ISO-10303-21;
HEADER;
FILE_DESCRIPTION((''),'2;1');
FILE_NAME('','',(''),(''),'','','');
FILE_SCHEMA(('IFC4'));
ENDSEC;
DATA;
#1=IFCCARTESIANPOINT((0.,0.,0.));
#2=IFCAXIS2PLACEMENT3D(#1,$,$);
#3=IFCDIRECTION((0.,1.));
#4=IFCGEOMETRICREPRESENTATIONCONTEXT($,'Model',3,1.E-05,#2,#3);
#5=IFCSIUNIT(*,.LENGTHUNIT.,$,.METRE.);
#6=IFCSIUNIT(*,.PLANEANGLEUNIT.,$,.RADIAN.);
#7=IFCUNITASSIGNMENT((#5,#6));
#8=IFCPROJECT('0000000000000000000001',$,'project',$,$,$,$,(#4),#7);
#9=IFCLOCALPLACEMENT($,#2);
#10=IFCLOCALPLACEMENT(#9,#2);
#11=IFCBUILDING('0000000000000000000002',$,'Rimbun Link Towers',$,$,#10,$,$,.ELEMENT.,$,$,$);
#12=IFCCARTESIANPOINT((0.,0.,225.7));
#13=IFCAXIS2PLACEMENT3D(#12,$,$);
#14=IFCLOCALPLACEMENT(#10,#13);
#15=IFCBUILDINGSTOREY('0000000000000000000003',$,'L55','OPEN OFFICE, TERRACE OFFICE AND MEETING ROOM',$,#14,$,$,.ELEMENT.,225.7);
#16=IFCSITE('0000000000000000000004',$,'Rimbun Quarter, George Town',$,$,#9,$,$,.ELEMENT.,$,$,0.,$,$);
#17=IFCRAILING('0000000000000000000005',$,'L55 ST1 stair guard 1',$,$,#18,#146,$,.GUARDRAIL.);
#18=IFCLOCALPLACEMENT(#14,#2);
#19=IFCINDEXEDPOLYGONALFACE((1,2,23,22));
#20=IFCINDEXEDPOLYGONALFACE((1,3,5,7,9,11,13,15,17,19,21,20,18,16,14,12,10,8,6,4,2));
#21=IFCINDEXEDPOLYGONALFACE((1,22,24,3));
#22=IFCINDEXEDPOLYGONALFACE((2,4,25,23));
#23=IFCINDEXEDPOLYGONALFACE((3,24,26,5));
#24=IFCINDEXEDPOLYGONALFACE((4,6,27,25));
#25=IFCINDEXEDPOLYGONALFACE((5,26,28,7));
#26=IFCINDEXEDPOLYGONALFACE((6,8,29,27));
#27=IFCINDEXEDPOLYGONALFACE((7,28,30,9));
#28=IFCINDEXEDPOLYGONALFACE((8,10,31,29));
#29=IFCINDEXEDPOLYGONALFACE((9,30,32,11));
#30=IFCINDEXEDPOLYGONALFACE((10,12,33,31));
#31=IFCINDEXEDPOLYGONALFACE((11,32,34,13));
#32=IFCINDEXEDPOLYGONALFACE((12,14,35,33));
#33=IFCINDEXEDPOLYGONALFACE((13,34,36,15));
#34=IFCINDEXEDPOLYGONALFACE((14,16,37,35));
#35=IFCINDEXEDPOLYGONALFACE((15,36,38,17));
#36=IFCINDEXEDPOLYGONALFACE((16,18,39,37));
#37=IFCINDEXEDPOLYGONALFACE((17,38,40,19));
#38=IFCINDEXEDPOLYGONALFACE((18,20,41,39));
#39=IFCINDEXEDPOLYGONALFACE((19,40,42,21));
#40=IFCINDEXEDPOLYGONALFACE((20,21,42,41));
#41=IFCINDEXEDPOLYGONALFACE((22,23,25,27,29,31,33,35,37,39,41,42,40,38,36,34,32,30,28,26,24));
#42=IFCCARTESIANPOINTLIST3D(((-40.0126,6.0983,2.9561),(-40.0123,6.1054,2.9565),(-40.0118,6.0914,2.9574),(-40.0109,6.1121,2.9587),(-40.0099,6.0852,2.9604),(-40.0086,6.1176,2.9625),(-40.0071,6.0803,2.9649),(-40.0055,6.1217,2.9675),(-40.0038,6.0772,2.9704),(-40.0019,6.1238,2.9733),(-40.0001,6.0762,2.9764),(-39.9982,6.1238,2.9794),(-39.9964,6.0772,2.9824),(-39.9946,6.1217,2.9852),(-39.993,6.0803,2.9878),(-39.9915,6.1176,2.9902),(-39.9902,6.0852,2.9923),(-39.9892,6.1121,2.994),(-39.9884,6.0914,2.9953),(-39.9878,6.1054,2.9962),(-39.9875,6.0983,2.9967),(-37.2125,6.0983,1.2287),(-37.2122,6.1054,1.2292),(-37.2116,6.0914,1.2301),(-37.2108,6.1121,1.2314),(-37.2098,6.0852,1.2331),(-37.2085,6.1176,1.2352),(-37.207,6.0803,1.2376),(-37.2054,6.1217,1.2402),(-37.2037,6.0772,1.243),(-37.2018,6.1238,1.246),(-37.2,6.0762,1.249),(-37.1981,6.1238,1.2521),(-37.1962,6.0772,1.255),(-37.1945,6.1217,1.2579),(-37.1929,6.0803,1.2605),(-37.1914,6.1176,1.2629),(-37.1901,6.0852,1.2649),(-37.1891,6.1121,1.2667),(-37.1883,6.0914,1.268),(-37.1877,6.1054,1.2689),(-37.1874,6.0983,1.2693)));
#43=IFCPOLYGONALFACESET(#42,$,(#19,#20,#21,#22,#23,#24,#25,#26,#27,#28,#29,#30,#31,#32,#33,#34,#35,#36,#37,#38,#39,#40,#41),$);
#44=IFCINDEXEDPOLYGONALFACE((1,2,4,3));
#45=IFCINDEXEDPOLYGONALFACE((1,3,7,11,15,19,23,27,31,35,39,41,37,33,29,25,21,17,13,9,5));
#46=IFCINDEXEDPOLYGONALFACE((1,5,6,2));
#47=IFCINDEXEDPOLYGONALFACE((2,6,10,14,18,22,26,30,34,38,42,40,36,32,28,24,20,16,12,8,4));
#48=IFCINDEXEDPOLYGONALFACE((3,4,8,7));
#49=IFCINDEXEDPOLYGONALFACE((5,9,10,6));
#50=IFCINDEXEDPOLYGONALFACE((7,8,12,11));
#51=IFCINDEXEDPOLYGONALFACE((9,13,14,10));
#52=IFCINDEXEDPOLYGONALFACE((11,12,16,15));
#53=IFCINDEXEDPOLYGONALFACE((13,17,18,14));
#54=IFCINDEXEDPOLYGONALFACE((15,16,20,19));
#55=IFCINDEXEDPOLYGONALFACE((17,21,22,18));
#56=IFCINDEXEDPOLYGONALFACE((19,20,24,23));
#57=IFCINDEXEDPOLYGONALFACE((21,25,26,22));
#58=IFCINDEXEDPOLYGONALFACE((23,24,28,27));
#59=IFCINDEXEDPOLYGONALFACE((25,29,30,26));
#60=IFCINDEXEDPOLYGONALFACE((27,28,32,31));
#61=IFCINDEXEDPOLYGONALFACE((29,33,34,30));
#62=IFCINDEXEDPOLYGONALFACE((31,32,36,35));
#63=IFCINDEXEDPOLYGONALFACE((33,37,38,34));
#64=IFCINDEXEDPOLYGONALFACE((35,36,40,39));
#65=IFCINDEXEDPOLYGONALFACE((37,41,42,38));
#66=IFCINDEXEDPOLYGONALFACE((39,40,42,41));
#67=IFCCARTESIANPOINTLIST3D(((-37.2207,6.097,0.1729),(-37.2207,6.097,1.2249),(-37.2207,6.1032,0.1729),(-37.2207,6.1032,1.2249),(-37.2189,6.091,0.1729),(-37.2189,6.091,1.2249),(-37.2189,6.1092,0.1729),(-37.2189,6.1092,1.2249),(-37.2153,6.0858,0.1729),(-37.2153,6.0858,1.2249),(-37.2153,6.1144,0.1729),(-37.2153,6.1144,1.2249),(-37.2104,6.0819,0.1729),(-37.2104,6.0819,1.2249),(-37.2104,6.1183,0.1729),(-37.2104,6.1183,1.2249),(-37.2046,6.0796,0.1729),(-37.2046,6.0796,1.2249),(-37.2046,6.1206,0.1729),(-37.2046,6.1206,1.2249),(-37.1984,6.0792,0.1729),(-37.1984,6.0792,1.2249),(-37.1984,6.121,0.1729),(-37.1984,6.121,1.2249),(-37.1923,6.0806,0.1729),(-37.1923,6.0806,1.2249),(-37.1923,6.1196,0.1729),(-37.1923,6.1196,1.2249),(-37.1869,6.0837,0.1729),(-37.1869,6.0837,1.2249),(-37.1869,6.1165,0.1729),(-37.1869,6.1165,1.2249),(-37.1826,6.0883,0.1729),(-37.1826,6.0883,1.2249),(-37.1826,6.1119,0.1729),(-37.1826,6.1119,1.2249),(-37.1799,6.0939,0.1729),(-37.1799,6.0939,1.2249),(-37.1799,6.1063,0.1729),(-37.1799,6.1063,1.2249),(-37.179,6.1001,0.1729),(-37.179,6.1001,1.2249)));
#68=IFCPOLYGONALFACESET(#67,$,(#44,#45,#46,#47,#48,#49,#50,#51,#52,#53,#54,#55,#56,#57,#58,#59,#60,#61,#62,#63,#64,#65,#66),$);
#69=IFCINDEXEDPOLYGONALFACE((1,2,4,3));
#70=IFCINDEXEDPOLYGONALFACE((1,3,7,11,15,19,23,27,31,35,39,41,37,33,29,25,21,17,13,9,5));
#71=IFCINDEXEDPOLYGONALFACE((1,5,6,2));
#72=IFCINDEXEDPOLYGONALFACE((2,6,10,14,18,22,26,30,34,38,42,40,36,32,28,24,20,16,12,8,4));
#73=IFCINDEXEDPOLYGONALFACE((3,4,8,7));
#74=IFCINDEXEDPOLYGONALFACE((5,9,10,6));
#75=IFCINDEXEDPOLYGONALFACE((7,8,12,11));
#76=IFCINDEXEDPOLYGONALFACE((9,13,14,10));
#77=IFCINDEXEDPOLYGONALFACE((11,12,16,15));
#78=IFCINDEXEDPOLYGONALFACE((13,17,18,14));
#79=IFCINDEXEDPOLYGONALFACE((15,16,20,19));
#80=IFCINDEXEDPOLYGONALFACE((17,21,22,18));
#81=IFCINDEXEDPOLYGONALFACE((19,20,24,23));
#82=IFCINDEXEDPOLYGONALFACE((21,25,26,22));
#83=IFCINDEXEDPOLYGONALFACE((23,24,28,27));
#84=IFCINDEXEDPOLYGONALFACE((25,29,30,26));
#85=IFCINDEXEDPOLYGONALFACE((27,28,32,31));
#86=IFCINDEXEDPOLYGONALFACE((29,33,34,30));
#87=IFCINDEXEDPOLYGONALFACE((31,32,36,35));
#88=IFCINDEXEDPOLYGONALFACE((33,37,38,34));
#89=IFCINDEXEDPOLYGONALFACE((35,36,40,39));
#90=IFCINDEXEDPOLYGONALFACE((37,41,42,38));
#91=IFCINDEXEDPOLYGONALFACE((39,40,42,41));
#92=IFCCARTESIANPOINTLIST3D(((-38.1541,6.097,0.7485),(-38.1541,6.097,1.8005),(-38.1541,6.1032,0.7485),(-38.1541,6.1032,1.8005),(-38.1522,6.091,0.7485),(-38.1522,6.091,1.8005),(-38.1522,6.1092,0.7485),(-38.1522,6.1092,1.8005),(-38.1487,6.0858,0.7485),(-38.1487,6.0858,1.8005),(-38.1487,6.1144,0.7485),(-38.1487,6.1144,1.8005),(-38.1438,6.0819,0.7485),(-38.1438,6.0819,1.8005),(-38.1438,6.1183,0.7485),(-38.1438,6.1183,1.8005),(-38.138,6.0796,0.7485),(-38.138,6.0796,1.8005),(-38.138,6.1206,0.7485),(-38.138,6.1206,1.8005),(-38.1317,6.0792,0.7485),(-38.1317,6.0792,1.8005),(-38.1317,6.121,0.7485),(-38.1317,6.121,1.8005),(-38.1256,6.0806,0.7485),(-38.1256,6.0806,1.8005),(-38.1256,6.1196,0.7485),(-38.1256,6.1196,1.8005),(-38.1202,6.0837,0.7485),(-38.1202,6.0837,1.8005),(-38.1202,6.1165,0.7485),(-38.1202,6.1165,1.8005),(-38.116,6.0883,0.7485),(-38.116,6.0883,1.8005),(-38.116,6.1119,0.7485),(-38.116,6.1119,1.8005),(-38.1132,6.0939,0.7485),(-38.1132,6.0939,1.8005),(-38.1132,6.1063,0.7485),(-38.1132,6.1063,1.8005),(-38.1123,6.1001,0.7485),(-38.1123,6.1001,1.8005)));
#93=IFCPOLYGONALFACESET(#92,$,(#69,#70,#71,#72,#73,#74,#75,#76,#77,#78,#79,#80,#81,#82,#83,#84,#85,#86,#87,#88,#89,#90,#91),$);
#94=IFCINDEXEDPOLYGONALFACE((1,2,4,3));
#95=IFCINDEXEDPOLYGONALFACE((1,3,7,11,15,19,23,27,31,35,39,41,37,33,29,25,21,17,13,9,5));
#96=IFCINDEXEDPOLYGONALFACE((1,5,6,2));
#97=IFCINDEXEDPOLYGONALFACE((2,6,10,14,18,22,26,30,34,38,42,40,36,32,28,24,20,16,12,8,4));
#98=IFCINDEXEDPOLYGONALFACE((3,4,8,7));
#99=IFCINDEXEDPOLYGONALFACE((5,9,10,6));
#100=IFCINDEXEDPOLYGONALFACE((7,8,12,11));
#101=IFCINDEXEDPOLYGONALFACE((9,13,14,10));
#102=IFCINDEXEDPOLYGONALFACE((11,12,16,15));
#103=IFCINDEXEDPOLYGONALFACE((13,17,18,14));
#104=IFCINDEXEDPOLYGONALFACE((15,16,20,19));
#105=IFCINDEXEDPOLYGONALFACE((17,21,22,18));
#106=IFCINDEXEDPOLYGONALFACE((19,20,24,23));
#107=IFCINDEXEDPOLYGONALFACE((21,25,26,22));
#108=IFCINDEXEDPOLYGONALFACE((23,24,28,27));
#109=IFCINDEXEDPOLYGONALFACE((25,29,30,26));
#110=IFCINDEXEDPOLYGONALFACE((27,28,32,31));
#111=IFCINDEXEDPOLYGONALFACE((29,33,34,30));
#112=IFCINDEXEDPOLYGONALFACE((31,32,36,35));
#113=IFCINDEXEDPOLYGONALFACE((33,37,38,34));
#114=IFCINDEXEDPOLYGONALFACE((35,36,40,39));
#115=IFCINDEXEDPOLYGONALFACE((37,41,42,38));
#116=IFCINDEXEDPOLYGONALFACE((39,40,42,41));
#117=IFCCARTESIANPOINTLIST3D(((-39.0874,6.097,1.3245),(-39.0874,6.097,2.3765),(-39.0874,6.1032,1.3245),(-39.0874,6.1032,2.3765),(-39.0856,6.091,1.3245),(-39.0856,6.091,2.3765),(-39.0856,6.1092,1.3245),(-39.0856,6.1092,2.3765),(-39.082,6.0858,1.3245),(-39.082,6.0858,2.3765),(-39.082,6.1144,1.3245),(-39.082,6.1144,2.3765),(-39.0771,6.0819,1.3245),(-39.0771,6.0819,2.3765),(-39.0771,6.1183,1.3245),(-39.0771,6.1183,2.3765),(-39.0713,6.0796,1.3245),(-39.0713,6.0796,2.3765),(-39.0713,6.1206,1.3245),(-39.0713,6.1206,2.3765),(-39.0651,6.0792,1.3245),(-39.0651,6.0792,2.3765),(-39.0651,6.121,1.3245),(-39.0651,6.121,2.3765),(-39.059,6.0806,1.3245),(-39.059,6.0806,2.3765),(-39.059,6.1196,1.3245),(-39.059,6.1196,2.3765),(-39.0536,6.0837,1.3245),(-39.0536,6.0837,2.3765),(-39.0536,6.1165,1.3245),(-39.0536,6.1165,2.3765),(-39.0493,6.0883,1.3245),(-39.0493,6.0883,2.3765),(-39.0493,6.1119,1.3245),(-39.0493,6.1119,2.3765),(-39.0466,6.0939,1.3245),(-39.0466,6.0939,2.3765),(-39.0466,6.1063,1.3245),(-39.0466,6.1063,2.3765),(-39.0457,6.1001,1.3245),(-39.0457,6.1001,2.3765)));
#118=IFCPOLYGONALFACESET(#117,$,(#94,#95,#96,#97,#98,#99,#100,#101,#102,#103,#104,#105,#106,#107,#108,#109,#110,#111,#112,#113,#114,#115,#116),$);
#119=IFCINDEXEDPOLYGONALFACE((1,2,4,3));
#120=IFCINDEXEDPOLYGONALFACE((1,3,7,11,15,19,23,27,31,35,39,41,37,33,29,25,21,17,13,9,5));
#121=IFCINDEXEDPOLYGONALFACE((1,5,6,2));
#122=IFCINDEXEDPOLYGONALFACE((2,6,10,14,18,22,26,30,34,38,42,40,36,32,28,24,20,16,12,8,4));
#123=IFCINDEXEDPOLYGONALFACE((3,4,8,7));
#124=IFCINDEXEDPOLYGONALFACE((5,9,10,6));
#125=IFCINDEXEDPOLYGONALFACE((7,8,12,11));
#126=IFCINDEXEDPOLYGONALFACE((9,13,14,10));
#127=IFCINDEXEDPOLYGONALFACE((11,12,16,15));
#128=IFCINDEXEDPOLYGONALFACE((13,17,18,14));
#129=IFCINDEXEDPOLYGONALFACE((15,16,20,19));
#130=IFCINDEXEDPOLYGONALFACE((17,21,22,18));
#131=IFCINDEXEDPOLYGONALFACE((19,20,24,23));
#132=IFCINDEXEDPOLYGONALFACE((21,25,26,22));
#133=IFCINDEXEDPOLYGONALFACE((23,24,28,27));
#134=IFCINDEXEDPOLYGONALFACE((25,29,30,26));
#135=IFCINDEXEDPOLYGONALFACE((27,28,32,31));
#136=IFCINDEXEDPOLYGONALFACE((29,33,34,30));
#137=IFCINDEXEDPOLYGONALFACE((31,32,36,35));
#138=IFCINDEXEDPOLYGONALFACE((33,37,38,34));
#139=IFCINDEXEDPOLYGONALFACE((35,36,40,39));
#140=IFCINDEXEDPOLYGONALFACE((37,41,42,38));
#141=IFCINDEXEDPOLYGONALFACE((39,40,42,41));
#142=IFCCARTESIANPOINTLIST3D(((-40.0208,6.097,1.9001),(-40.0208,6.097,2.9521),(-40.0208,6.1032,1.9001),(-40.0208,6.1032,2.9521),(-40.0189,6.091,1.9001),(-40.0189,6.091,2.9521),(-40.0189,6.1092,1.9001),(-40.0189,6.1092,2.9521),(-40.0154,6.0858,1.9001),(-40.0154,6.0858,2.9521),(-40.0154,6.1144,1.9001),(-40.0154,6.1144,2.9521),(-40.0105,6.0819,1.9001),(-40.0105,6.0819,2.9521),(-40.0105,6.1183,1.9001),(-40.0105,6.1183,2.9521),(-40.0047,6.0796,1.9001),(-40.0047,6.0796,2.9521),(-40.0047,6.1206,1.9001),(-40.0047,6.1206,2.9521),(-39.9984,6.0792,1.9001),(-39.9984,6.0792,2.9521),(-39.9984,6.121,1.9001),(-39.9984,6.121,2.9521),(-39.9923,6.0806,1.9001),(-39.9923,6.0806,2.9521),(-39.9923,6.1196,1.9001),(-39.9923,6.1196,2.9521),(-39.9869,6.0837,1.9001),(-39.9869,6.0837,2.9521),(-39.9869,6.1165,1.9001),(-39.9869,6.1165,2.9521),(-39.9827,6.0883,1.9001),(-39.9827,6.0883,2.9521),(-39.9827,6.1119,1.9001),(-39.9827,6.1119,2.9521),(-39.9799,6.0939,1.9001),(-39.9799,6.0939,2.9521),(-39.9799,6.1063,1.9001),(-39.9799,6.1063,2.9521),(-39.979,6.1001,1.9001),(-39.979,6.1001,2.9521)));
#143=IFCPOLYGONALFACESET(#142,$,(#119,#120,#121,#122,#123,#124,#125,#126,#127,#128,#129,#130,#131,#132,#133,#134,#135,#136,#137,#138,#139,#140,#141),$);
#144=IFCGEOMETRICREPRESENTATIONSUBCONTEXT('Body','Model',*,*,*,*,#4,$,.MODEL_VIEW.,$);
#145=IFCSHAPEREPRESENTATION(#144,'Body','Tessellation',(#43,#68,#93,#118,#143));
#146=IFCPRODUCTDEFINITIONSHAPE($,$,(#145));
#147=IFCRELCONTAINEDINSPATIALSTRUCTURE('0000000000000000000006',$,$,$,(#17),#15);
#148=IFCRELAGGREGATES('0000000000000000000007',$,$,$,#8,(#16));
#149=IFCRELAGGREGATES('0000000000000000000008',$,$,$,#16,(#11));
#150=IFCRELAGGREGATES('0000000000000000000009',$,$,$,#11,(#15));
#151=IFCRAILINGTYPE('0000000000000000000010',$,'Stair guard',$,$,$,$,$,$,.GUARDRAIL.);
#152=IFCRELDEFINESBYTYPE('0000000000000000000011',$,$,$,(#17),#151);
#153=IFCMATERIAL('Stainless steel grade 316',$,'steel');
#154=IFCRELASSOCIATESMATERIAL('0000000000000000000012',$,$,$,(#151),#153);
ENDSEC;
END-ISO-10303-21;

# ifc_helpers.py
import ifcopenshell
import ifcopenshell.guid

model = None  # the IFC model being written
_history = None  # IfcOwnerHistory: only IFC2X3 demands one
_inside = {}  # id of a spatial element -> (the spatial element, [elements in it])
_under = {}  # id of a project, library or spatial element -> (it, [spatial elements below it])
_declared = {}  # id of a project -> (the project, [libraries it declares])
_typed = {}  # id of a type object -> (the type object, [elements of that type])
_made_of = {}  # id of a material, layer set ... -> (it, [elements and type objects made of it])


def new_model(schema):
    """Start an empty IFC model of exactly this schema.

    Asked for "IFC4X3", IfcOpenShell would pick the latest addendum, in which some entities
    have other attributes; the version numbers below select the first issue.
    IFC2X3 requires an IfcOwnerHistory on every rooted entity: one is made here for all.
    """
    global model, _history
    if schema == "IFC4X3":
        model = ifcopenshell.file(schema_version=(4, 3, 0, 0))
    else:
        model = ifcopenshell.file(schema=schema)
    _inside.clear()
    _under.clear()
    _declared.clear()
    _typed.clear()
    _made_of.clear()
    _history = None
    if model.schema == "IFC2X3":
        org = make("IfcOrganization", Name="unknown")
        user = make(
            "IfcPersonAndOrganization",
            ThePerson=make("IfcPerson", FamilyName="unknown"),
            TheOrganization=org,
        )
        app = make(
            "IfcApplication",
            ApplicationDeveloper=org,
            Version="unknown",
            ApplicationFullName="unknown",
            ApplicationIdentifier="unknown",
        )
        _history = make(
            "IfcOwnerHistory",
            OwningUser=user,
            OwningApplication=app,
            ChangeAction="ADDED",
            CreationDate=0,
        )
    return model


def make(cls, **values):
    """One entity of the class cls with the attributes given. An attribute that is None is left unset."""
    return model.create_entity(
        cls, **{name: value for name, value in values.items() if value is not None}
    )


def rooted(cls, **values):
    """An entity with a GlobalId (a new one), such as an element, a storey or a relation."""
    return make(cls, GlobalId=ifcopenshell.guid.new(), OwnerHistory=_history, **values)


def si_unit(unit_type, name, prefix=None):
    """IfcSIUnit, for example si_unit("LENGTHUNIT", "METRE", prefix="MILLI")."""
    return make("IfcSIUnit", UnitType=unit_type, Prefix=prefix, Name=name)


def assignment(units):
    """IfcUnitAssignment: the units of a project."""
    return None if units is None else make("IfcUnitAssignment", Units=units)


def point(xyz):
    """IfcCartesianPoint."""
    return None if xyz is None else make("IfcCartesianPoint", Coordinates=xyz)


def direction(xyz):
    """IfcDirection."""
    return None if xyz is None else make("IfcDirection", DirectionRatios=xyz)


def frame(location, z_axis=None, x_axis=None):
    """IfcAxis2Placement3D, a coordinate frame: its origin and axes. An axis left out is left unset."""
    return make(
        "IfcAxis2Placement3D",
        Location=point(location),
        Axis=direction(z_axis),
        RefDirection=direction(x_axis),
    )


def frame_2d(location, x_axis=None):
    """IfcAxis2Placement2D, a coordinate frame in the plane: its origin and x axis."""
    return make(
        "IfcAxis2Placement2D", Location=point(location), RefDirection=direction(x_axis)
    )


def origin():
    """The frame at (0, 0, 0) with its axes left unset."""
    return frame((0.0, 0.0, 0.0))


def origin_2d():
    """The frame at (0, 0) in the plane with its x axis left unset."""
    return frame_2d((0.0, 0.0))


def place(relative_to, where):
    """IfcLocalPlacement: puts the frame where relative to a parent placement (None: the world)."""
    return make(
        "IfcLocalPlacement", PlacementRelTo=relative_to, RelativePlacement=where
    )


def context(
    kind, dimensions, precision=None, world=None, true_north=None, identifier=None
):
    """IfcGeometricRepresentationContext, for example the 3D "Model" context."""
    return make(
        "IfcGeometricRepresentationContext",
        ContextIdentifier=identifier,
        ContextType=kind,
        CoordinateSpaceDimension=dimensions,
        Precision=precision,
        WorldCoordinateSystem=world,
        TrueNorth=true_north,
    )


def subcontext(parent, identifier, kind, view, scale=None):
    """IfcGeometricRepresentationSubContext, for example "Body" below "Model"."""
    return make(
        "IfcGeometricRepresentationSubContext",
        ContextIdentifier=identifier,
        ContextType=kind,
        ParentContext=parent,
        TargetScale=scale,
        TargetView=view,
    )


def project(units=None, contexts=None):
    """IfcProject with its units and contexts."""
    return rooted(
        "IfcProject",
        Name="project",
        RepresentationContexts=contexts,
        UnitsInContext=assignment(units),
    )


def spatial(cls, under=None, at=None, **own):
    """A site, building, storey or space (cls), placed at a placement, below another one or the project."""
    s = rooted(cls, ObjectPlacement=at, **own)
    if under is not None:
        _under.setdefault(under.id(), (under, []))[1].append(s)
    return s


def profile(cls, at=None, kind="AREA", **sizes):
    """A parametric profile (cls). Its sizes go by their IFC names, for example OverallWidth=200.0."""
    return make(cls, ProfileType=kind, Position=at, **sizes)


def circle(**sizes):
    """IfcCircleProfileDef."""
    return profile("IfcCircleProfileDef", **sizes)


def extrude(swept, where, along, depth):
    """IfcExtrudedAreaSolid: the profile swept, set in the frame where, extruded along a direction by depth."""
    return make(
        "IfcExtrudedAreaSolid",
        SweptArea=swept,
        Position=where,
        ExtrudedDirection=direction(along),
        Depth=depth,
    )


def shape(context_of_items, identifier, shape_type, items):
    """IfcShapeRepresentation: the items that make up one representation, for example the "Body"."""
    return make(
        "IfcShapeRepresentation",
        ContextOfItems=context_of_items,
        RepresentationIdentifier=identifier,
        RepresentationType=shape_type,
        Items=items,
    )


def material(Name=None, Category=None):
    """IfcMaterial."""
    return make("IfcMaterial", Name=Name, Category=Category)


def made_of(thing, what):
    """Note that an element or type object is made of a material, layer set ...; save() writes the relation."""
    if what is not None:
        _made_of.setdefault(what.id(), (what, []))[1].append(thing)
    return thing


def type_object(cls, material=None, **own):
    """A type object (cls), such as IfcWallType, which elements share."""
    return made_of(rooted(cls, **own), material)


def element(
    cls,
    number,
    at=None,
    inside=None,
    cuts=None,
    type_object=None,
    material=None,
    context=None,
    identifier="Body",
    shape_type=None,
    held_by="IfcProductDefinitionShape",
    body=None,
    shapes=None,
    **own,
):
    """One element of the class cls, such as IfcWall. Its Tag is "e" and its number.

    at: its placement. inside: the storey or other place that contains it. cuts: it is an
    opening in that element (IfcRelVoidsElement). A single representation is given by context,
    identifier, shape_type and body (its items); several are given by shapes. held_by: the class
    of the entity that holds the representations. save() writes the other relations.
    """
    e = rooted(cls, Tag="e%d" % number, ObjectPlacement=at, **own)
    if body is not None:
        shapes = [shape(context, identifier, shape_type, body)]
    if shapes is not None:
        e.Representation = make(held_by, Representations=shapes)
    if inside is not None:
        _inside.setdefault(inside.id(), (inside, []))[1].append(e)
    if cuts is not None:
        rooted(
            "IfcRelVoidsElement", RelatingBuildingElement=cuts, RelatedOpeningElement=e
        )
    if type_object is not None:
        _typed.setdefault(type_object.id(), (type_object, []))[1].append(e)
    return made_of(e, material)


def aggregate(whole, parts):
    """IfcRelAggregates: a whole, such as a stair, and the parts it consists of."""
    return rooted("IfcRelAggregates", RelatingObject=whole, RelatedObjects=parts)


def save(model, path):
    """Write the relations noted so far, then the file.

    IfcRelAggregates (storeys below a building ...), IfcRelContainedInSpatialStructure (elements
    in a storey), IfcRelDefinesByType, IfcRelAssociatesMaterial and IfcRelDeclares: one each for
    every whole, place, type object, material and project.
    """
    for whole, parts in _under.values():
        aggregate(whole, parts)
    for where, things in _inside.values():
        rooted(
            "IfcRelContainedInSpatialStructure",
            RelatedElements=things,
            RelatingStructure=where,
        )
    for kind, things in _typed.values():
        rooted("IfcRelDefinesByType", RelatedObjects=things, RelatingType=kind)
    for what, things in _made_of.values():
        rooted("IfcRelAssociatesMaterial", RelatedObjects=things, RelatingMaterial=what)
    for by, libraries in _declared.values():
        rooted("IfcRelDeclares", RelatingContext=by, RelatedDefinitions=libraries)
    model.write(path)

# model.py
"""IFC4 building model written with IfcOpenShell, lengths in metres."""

from ifc_helpers import new_model, si_unit, direction, frame, origin, origin_2d, place, context, subcontext, project, spatial, circle, extrude, material, type_object, element, save


model = new_model("IFC4")

# Units and contexts
model_context = context("Model", 3, precision=1e-05, world=origin(), true_north=direction((0.0, 1.0)))
body_context = subcontext(model_context, "Body", "Model", "MODEL_VIEW")
ifc_project = project(units=[si_unit("LENGTHUNIT", "METRE"), si_unit("PLANEANGLEUNIT", "RADIAN")], contexts=[model_context])

# Site, building, storey
site_placement = place(None, origin())
site = spatial("IfcSite", under=ifc_project, at=site_placement, Name="Rimbun Quarter, George Town", CompositionType="ELEMENT", RefElevation=0.0)
building_placement = place(site_placement, origin())
building = spatial("IfcBuilding", under=site, at=building_placement, Name="Rimbun Link Towers", CompositionType="ELEMENT")
storey_placement = place(building_placement, frame((0.0, 0.0, 225.7)))
storey = spatial("IfcBuildingStorey", under=building, at=storey_placement, Name="L55", Description="OPEN OFFICE, TERRACE OFFICE AND MEETING ROOM", CompositionType="ELEMENT", Elevation=225.7)

# Railing
ifc_material_1 = material(Name="Stainless steel grade 316", Category="steel")
railing_type_1 = type_object("IfcRailingType", Name="Stair guard", PredefinedType="GUARDRAIL", material=ifc_material_1)
railing_1_placement = place(storey_placement, frame((-37.2, 6.1001, 0.1729)))
element("IfcRailing", 1, at=railing_1_placement, inside=storey, type_object=railing_type_1, Name="L55 ST1 stair guard 1", PredefinedType="GUARDRAIL", context=body_context, shape_type="SweptSolid", body=[
    extrude(circle(Radius=0.0239, at=origin_2d()), frame((0.0, 0.0, 1.0762), z_axis=(-0.85109, 0.0, 0.52502), x_axis=(0.0, -1.0, 0.0)), (0.0, 0.0, 1.0), 3.29),
    extrude(circle(Radius=0.021, at=origin_2d()), origin(), (0.0, 0.0, 1.0), 1.052),
    extrude(circle(Radius=0.021, at=origin_2d()), frame((-0.9333, 0.0, 0.5757)), (0.0, 0.0, 1.0), 1.052),
    extrude(circle(Radius=0.021, at=origin_2d()), frame((-1.8667, 0.0, 1.1516)), (0.0, 0.0, 1.0), 1.052),
    extrude(circle(Radius=0.021, at=origin_2d()), frame((-2.8, 0.0, 1.7273)), (0.0, 0.0, 1.0), 1.052),
])

save(model, "model.ifc")
